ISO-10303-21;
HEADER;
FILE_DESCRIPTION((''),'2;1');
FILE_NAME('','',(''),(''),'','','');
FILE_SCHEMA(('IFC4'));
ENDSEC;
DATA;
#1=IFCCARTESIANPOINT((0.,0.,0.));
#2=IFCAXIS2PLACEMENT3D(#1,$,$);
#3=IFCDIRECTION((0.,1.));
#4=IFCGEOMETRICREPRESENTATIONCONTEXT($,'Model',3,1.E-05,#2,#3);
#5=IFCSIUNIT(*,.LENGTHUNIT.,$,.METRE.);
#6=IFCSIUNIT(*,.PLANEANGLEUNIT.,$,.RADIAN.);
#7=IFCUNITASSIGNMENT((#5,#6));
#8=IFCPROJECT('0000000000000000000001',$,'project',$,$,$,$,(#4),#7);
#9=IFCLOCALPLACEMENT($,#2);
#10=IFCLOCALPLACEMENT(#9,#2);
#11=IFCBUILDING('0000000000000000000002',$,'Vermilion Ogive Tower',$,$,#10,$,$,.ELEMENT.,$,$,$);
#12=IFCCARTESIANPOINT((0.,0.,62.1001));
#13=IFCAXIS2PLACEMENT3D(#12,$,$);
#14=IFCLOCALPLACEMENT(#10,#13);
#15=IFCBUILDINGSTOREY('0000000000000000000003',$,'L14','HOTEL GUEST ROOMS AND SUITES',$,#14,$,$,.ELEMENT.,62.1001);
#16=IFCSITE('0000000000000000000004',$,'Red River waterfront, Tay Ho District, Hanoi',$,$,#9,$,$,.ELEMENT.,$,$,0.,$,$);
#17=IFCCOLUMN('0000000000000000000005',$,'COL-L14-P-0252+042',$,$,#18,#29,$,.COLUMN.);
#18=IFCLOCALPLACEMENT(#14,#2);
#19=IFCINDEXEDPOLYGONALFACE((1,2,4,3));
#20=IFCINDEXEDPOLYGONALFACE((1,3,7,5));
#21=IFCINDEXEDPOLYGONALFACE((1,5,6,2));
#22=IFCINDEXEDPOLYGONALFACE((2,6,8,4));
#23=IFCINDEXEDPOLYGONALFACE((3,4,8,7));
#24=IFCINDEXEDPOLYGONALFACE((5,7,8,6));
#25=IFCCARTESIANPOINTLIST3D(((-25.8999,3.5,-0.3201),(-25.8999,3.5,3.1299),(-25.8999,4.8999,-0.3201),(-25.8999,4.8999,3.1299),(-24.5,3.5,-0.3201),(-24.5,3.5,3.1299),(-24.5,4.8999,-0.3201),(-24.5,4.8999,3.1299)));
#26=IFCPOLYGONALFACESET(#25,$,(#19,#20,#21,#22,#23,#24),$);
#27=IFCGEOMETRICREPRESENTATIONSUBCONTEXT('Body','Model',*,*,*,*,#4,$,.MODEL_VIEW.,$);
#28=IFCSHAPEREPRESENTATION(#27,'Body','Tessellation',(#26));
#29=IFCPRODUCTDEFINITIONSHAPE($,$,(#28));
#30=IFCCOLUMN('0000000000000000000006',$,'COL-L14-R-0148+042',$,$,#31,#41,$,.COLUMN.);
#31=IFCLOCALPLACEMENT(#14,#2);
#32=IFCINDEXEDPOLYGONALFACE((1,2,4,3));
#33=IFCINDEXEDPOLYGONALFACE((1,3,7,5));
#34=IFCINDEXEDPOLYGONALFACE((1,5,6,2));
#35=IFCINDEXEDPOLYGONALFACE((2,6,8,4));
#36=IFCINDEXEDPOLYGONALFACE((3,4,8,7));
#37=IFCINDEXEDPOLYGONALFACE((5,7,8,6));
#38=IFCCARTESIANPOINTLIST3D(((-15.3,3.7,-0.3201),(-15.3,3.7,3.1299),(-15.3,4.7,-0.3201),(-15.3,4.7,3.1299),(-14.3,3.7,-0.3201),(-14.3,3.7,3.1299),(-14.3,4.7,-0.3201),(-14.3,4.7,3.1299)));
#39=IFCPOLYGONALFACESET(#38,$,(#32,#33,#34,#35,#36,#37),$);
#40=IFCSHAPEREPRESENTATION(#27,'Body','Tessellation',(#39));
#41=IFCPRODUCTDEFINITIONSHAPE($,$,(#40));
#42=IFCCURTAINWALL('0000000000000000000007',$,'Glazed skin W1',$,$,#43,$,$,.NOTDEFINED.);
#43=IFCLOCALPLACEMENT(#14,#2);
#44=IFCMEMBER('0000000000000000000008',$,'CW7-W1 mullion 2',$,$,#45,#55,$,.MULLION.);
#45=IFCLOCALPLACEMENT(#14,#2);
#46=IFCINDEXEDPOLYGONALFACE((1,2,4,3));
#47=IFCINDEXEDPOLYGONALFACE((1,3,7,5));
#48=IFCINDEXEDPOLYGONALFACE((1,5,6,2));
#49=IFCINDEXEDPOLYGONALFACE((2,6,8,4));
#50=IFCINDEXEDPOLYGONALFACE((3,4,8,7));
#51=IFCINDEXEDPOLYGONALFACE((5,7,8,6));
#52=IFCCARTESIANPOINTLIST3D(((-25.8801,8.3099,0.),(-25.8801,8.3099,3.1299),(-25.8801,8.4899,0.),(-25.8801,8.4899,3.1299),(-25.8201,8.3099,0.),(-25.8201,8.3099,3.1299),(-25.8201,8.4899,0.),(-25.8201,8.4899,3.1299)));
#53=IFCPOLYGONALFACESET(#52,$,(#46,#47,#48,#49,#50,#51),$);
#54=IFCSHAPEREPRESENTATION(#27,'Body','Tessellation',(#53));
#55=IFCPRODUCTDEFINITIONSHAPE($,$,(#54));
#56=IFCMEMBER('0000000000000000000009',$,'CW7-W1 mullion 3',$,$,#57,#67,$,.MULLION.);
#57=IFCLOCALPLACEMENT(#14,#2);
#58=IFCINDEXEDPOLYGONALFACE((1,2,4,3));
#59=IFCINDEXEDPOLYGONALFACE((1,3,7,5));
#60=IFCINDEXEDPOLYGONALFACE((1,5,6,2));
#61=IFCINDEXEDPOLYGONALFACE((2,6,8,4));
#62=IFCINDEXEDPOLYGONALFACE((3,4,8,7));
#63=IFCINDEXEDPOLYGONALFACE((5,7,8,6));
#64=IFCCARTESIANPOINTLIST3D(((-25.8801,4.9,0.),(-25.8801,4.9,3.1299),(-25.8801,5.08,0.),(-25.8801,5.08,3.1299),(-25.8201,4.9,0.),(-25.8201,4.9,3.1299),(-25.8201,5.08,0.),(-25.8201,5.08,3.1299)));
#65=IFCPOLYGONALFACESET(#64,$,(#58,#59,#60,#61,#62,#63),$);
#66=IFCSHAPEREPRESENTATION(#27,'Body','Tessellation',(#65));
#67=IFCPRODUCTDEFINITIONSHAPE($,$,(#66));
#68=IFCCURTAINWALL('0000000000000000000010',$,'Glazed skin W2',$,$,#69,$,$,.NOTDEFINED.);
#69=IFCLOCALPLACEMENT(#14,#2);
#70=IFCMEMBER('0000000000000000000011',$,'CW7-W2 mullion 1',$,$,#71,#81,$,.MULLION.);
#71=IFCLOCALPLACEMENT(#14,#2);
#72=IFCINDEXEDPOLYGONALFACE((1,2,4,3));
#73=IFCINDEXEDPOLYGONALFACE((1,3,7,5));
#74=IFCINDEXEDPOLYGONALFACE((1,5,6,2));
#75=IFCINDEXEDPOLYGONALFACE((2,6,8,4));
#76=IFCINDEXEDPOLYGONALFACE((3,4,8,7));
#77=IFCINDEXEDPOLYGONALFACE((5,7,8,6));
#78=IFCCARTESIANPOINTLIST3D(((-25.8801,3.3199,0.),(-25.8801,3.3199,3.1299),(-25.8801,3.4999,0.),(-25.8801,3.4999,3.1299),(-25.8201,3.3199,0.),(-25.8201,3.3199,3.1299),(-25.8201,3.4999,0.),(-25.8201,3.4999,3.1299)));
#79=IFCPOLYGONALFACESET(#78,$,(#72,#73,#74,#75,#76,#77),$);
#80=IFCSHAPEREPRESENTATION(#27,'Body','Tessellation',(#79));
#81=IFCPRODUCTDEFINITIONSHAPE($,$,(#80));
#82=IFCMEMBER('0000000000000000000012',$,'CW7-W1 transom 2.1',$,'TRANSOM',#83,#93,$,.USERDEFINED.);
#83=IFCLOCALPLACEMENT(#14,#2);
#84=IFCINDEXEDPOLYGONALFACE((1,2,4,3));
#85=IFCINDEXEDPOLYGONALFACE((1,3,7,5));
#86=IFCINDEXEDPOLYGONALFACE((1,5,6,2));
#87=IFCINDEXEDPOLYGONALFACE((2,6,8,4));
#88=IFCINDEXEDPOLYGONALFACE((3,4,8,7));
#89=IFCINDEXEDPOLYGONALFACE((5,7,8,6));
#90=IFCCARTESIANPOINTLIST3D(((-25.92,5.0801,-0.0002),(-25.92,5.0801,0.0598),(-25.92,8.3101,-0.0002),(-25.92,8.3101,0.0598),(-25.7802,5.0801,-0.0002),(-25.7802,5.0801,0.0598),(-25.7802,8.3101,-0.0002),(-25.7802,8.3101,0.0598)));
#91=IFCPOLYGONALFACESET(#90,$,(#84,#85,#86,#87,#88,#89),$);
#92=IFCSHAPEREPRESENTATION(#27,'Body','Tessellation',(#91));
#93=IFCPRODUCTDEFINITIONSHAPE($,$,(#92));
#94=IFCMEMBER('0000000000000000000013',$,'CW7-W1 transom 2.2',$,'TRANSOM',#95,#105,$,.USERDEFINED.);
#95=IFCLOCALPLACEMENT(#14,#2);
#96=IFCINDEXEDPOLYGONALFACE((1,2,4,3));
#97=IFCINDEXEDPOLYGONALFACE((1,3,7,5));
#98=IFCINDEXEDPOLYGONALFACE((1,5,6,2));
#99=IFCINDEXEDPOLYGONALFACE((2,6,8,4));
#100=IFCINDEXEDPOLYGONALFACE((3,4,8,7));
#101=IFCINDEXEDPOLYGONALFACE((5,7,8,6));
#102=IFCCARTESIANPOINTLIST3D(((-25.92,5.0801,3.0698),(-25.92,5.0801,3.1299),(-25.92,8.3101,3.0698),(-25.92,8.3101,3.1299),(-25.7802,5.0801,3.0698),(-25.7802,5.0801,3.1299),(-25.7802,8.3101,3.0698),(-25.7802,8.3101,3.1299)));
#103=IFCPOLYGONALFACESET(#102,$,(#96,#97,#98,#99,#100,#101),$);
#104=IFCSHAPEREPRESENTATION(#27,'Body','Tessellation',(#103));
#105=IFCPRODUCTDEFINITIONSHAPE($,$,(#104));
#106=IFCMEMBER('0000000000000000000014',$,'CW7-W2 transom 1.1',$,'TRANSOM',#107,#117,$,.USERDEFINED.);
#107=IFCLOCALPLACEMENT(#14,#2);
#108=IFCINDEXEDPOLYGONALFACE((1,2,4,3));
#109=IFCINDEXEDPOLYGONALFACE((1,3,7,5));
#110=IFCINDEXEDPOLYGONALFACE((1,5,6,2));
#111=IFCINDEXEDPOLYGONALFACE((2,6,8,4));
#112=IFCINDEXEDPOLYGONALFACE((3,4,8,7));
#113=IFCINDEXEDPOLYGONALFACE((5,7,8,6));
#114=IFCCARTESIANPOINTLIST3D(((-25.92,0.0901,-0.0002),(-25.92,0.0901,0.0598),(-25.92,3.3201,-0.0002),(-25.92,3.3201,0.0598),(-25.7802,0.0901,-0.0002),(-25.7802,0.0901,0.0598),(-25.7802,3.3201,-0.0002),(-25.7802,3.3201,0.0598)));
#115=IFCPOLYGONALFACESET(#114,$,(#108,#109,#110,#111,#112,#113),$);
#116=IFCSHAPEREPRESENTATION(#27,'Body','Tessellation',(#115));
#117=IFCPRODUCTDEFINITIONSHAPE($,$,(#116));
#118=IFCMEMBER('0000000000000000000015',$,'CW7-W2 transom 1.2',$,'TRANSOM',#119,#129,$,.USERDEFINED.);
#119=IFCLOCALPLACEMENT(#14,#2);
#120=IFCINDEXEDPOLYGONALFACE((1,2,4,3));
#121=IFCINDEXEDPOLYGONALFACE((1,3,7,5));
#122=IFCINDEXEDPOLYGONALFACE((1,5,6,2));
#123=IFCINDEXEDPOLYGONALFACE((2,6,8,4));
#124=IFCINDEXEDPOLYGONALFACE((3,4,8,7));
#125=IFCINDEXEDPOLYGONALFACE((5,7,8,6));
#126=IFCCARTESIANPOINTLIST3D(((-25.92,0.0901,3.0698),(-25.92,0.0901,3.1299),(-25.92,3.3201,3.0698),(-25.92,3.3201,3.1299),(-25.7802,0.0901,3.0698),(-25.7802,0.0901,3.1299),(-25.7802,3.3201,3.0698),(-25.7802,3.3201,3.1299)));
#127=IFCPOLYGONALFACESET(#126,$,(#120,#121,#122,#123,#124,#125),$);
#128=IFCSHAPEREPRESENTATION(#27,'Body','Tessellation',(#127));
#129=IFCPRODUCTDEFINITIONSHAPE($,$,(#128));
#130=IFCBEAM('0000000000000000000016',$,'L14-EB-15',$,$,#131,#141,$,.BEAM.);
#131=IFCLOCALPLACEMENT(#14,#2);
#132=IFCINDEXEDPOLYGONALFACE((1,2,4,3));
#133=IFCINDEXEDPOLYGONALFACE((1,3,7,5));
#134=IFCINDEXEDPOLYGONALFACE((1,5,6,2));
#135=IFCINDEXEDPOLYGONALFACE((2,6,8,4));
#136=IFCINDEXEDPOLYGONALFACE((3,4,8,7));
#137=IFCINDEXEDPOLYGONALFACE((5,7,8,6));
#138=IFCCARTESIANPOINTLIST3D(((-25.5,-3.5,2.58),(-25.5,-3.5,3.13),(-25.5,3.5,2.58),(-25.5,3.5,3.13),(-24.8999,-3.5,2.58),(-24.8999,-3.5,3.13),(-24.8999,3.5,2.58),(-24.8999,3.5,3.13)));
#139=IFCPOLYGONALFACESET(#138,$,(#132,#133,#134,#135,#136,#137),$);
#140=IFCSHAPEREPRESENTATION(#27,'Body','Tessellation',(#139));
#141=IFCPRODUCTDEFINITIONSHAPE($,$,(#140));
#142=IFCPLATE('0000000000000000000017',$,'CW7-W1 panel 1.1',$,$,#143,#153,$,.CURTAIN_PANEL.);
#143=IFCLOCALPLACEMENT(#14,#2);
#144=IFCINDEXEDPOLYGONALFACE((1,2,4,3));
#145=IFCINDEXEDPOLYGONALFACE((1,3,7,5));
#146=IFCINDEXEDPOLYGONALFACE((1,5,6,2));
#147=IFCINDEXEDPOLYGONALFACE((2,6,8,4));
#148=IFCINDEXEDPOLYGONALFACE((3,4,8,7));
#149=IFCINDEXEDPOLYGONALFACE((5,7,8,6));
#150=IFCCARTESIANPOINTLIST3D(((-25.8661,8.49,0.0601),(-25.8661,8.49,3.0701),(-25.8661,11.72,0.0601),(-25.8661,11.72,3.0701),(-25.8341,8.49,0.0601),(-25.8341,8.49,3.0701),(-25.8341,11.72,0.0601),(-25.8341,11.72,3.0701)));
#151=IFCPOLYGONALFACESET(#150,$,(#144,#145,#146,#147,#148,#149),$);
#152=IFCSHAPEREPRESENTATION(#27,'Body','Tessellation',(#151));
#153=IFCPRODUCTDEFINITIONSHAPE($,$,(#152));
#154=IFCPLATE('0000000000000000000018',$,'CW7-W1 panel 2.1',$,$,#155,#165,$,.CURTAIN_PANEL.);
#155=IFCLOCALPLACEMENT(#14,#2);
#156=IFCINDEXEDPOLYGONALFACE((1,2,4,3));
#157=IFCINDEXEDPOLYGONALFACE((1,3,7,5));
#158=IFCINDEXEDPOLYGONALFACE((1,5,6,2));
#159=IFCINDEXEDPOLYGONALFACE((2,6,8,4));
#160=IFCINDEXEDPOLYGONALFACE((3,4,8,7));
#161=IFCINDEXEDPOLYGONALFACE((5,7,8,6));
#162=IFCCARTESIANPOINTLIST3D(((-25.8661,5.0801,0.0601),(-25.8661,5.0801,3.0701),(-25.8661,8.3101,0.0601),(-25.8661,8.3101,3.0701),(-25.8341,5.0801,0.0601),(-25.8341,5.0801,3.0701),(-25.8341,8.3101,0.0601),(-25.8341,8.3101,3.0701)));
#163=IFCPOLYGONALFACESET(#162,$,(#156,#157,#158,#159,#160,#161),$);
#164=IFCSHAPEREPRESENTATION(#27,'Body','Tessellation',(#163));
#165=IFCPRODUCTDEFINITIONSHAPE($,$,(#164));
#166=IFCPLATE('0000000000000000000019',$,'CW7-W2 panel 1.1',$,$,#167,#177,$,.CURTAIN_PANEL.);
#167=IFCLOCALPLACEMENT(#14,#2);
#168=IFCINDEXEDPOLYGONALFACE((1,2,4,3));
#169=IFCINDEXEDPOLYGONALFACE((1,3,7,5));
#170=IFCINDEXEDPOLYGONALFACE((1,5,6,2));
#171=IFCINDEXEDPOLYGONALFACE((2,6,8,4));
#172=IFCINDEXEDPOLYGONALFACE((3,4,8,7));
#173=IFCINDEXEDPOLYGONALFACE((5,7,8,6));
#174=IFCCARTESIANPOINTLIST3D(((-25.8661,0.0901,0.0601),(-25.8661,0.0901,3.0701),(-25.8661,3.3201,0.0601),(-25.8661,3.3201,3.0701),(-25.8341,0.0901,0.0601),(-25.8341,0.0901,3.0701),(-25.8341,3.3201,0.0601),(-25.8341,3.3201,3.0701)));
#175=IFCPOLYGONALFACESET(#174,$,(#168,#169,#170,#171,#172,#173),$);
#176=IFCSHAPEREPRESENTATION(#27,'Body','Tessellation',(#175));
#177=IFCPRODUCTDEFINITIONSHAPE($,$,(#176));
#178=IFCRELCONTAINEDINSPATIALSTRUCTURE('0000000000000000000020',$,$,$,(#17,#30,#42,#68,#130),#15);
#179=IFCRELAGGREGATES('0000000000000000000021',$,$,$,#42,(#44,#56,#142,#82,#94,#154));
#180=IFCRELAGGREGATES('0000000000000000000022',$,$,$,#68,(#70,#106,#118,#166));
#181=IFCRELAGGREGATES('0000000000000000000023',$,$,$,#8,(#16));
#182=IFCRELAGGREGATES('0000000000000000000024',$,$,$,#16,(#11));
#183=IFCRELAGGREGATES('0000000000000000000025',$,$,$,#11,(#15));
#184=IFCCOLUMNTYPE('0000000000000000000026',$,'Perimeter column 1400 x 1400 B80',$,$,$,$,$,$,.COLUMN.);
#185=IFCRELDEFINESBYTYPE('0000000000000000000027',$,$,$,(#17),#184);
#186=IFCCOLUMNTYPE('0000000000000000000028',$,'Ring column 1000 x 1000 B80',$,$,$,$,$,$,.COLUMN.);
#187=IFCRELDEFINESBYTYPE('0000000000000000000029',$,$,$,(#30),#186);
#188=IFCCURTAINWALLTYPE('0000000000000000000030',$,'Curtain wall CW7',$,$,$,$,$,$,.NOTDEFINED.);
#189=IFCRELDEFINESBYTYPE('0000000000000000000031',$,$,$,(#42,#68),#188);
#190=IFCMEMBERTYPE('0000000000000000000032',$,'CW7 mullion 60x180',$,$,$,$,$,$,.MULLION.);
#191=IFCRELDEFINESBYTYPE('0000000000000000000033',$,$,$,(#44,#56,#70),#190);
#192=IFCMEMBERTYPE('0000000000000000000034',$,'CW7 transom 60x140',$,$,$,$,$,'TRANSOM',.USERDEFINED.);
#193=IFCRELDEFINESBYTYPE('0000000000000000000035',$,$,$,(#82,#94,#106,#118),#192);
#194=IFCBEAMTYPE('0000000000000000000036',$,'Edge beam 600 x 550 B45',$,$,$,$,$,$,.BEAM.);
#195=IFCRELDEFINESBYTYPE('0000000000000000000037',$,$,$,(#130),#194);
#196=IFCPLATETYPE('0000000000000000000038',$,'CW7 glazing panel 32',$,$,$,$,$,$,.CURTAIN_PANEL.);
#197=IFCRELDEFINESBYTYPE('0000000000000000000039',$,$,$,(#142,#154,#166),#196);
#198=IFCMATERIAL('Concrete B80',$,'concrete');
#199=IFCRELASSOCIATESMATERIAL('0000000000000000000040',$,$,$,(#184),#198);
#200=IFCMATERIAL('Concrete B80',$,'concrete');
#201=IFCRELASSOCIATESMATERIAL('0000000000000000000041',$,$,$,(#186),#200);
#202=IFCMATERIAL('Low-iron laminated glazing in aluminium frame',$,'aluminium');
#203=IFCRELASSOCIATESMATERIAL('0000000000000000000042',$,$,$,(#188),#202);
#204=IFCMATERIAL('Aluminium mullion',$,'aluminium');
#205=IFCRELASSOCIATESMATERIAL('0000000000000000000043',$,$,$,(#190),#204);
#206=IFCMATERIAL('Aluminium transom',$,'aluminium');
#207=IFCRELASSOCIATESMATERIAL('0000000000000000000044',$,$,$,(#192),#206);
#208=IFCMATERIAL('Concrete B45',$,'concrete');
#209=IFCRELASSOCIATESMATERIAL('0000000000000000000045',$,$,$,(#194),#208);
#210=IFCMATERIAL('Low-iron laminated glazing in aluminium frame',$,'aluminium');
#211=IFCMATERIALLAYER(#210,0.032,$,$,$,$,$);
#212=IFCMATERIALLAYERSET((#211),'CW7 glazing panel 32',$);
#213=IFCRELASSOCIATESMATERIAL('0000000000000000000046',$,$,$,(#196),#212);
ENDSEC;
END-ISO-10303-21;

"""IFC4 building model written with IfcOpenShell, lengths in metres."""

from ifc_helpers import new_model, si_unit, direction, frame, origin, origin_2d, place, context, subcontext, project, spatial, rectangle, extrude, material, layer, layer_set, material_profile, profile_set, type_object, element, aggregate, save


model = new_model("IFC4")

# Units and contexts
model_context = context("Model", 3, precision=1e-05, world=origin(), true_north=direction((0.0, 1.0)))
body_context = subcontext(model_context, "Body", "Model", "MODEL_VIEW")
ifc_project = project(units=[si_unit("LENGTHUNIT", "METRE"), si_unit("PLANEANGLEUNIT", "RADIAN")], contexts=[model_context])

# Site, building, storey
site_placement = place(None, origin())
site = spatial("IfcSite", under=ifc_project, at=site_placement, Name="Red River waterfront, Tay Ho District, Hanoi", CompositionType="ELEMENT", RefElevation=0.0)
building_placement = place(site_placement, origin())
building = spatial("IfcBuilding", under=site, at=building_placement, Name="Vermilion Ogive Tower", CompositionType="ELEMENT")
storey_placement = place(building_placement, frame((0.0, 0.0, 62.1001)))
storey = spatial("IfcBuildingStorey", under=building, at=storey_placement, Name="L14", Description="HOTEL GUEST ROOMS AND SUITES", CompositionType="ELEMENT", Elevation=62.1001)

# Columns
ifc_material_1 = material(Name="Concrete B80", Category="concrete")
ifc_material_profile_1 = material_profile(ifc_material_1, rectangle(XDim=1.3999, YDim=1.3999, at=origin_2d()), Name="1400 x 1400")
ifc_profile_set_1 = profile_set([ifc_material_profile_1], Name="Concrete B80")
column_type_1 = type_object("IfcColumnType", Name="Perimeter column 1400 x 1400 B80", PredefinedType="COLUMN", material=ifc_profile_set_1)
column_1_placement = place(storey_placement, frame((-25.2, 4.2, -0.3201), z_axis=(0.0, 0.0, 1.0), x_axis=(1.0, 0.0, 0.0)))
element("IfcColumn", 1, at=column_1_placement, inside=storey, type_object=column_type_1, Name="COL-L14-P-0252+042", PredefinedType="COLUMN", context=body_context, shape_type="SweptSolid", body=[
    extrude(rectangle(XDim=1.3999, YDim=1.3999, at=origin_2d()), origin(), (0.0, 0.0, 1.0), 3.45),
])
ifc_material_2 = material(Name="Concrete B80", Category="concrete")
ifc_material_profile_2 = material_profile(ifc_material_2, rectangle(XDim=1.0, YDim=1.0, at=origin_2d()), Name="1000 x 1000")
ifc_profile_set_2 = profile_set([ifc_material_profile_2], Name="Concrete B80")
column_type_2 = type_object("IfcColumnType", Name="Ring column 1000 x 1000 B80", PredefinedType="COLUMN", material=ifc_profile_set_2)
column_2_placement = place(storey_placement, frame((-14.8, 4.2, -0.3201), z_axis=(0.0, 0.0, 1.0), x_axis=(1.0, 0.0, 0.0)))
element("IfcColumn", 2, at=column_2_placement, inside=storey, type_object=column_type_2, Name="COL-L14-R-0148+042", PredefinedType="COLUMN", context=body_context, shape_type="SweptSolid", body=[
    extrude(rectangle(XDim=1.0, YDim=1.0, at=origin_2d()), origin(), (0.0, 0.0, 1.0), 3.45),
])

# Curtain wall, members
ifc_material_3 = material(Name="Low-iron laminated glazing in aluminium frame", Category="aluminium")
curtain_wall_type = type_object("IfcCurtainWallType", Name="Curtain wall CW7", PredefinedType="NOTDEFINED", material=ifc_material_3)
curtain_wall_1_placement = place(storey_placement, origin())
curtain_wall_1 = element("IfcCurtainWall", 3, at=curtain_wall_1_placement, inside=storey, type_object=curtain_wall_type, Name="Glazed skin W1", PredefinedType="NOTDEFINED")
ifc_material_4 = material(Name="Aluminium mullion", Category="aluminium")
ifc_material_profile_3 = material_profile(ifc_material_4, rectangle(XDim=0.0601, YDim=0.1799, at=origin_2d()), Name="AL 60x180")
ifc_profile_set_3 = profile_set([ifc_material_profile_3], Name="Aluminium mullion")
member_type_1 = type_object("IfcMemberType", Name="CW7 mullion 60x180", PredefinedType="MULLION", material=ifc_profile_set_3)
member_1_placement = place(storey_placement, frame((-25.8501, 8.3999, 0.0), z_axis=(0.0, 0.0, 1.0), x_axis=(1.0, 0.0, 0.0)))
member_1 = element("IfcMember", 4, at=member_1_placement, type_object=member_type_1, Name="CW7-W1 mullion 2", PredefinedType="MULLION", context=body_context, shape_type="SweptSolid", body=[
    extrude(rectangle(XDim=0.0601, YDim=0.1799, at=origin_2d()), origin(), (0.0, 0.0, 1.0), 3.1299),
])
member_2_placement = place(storey_placement, frame((-25.8501, 4.99, 0.0), z_axis=(0.0, 0.0, 1.0), x_axis=(1.0, 0.0, 0.0)))
member_2 = element("IfcMember", 5, at=member_2_placement, type_object=member_type_1, Name="CW7-W1 mullion 3", PredefinedType="MULLION", context=body_context, shape_type="SweptSolid", body=[
    extrude(rectangle(XDim=0.0601, YDim=0.1799, at=origin_2d()), origin(), (0.0, 0.0, 1.0), 3.1299),
])

# Curtain wall, member
curtain_wall_2_placement = place(storey_placement, origin())
curtain_wall_2 = element("IfcCurtainWall", 6, at=curtain_wall_2_placement, inside=storey, type_object=curtain_wall_type, Name="Glazed skin W2", PredefinedType="NOTDEFINED")
member_3_placement = place(storey_placement, frame((-25.8501, 3.4099, 0.0), z_axis=(0.0, 0.0, 1.0), x_axis=(1.0, 0.0, 0.0)))
member_3 = element("IfcMember", 7, at=member_3_placement, type_object=member_type_1, Name="CW7-W2 mullion 1", PredefinedType="MULLION", context=body_context, shape_type="SweptSolid", body=[
    extrude(rectangle(XDim=0.0601, YDim=0.1799, at=origin_2d()), origin(), (0.0, 0.0, 1.0), 3.1299),
])

# Members
ifc_material_5 = material(Name="Aluminium transom", Category="aluminium")
ifc_material_profile_4 = material_profile(ifc_material_5, rectangle(XDim=0.1399, YDim=0.0601, at=origin_2d()), Name="AL 60x140")
ifc_profile_set_4 = profile_set([ifc_material_profile_4], Name="Aluminium transom")
member_type_2 = type_object("IfcMemberType", Name="CW7 transom 60x140", ElementType="TRANSOM", PredefinedType="USERDEFINED", material=ifc_profile_set_4)
member_4_placement = place(storey_placement, frame((-25.8501, 8.3101, 0.0298), z_axis=(0.0, -1.0, 0.0), x_axis=(1.0, 0.0, 0.0)))
member_4 = element("IfcMember", 8, at=member_4_placement, type_object=member_type_2, Name="CW7-W1 transom 2.1", ObjectType="TRANSOM", PredefinedType="USERDEFINED", context=body_context, shape_type="SweptSolid", body=[
    extrude(rectangle(XDim=0.1399, YDim=0.0601, at=origin_2d()), origin(), (0.0, 0.0, 1.0), 3.23),
])
member_5_placement = place(storey_placement, frame((-25.8501, 8.3101, 3.0999), z_axis=(0.0, -1.0, 0.0), x_axis=(1.0, 0.0, 0.0)))
member_5 = element("IfcMember", 9, at=member_5_placement, type_object=member_type_2, Name="CW7-W1 transom 2.2", ObjectType="TRANSOM", PredefinedType="USERDEFINED", context=body_context, shape_type="SweptSolid", body=[
    extrude(rectangle(XDim=0.1399, YDim=0.0601, at=origin_2d()), origin(), (0.0, 0.0, 1.0), 3.23),
])
member_6_placement = place(storey_placement, frame((-25.8501, 3.3201, 0.0298), z_axis=(0.0, -1.0, 0.0), x_axis=(1.0, 0.0, 0.0)))
member_6 = element("IfcMember", 10, at=member_6_placement, type_object=member_type_2, Name="CW7-W2 transom 1.1", ObjectType="TRANSOM", PredefinedType="USERDEFINED", context=body_context, shape_type="SweptSolid", body=[
    extrude(rectangle(XDim=0.1399, YDim=0.0601, at=origin_2d()), origin(), (0.0, 0.0, 1.0), 3.23),
])
member_7_placement = place(storey_placement, frame((-25.8501, 3.3201, 3.0999), z_axis=(0.0, -1.0, 0.0), x_axis=(1.0, 0.0, 0.0)))
member_7 = element("IfcMember", 11, at=member_7_placement, type_object=member_type_2, Name="CW7-W2 transom 1.2", ObjectType="TRANSOM", PredefinedType="USERDEFINED", context=body_context, shape_type="SweptSolid", body=[
    extrude(rectangle(XDim=0.1399, YDim=0.0601, at=origin_2d()), origin(), (0.0, 0.0, 1.0), 3.23),
])

# Beam
ifc_material_6 = material(Name="Concrete B45", Category="concrete")
ifc_material_profile_5 = material_profile(ifc_material_6, rectangle(XDim=0.6001, YDim=0.55, at=origin_2d()), Name="600 x 550")
ifc_profile_set_5 = profile_set([ifc_material_profile_5], Name="Concrete B45")
beam_type = type_object("IfcBeamType", Name="Edge beam 600 x 550 B45", PredefinedType="BEAM", material=ifc_profile_set_5)
beam_placement = place(storey_placement, frame((-25.2, 3.5, 2.855), z_axis=(0.0, -1.0, 0.0), x_axis=(1.0, 0.0, 0.0)))
element("IfcBeam", 12, at=beam_placement, inside=storey, type_object=beam_type, Name="L14-EB-15", PredefinedType="BEAM", context=body_context, shape_type="SweptSolid", body=[
    extrude(rectangle(XDim=0.6001, YDim=0.55, at=origin_2d()), origin(), (0.0, 0.0, 1.0), 7.0),
])

# Plates
ifc_material_7 = material(Name="Low-iron laminated glazing in aluminium frame", Category="aluminium")
ifc_layer_1 = layer(ifc_material_7, 0.032)
ifc_layer_set_1 = layer_set([ifc_layer_1], Name="CW7 glazing panel 32")
plate_type = type_object("IfcPlateType", Name="CW7 glazing panel 32", PredefinedType="CURTAIN_PANEL", material=ifc_layer_set_1)
plate_1_placement = place(storey_placement, frame((-25.8501, 10.105, 0.0601), z_axis=(0.0, 0.0, 1.0), x_axis=(0.0, -1.0, 0.0)))
plate_1 = element("IfcPlate", 13, at=plate_1_placement, type_object=plate_type, Name="CW7-W1 panel 1.1", PredefinedType="CURTAIN_PANEL", context=body_context, shape_type="SweptSolid", body=[
    extrude(rectangle(XDim=3.23, YDim=0.032, at=origin_2d()), origin(), (0.0, 0.0, 1.0), 3.01),
])
plate_2_placement = place(storey_placement, frame((-25.8501, 6.6951, 0.0601), z_axis=(0.0, 0.0, 1.0), x_axis=(0.0, -1.0, 0.0)))
plate_2 = element("IfcPlate", 14, at=plate_2_placement, type_object=plate_type, Name="CW7-W1 panel 2.1", PredefinedType="CURTAIN_PANEL", context=body_context, shape_type="SweptSolid", body=[
    extrude(rectangle(XDim=3.23, YDim=0.032, at=origin_2d()), origin(), (0.0, 0.0, 1.0), 3.01),
])
aggregate(curtain_wall_1, [member_1, member_2, plate_1, member_4, member_5, plate_2])
plate_3_placement = place(storey_placement, frame((-25.8501, 1.7051, 0.0601), z_axis=(0.0, 0.0, 1.0), x_axis=(0.0, -1.0, 0.0)))
plate_3 = element("IfcPlate", 15, at=plate_3_placement, type_object=plate_type, Name="CW7-W2 panel 1.1", PredefinedType="CURTAIN_PANEL", context=body_context, shape_type="SweptSolid", body=[
    extrude(rectangle(XDim=3.23, YDim=0.032, at=origin_2d()), origin(), (0.0, 0.0, 1.0), 3.01),
])
aggregate(curtain_wall_2, [member_3, member_6, member_7, plate_3])

save(model, "model.ifc")
